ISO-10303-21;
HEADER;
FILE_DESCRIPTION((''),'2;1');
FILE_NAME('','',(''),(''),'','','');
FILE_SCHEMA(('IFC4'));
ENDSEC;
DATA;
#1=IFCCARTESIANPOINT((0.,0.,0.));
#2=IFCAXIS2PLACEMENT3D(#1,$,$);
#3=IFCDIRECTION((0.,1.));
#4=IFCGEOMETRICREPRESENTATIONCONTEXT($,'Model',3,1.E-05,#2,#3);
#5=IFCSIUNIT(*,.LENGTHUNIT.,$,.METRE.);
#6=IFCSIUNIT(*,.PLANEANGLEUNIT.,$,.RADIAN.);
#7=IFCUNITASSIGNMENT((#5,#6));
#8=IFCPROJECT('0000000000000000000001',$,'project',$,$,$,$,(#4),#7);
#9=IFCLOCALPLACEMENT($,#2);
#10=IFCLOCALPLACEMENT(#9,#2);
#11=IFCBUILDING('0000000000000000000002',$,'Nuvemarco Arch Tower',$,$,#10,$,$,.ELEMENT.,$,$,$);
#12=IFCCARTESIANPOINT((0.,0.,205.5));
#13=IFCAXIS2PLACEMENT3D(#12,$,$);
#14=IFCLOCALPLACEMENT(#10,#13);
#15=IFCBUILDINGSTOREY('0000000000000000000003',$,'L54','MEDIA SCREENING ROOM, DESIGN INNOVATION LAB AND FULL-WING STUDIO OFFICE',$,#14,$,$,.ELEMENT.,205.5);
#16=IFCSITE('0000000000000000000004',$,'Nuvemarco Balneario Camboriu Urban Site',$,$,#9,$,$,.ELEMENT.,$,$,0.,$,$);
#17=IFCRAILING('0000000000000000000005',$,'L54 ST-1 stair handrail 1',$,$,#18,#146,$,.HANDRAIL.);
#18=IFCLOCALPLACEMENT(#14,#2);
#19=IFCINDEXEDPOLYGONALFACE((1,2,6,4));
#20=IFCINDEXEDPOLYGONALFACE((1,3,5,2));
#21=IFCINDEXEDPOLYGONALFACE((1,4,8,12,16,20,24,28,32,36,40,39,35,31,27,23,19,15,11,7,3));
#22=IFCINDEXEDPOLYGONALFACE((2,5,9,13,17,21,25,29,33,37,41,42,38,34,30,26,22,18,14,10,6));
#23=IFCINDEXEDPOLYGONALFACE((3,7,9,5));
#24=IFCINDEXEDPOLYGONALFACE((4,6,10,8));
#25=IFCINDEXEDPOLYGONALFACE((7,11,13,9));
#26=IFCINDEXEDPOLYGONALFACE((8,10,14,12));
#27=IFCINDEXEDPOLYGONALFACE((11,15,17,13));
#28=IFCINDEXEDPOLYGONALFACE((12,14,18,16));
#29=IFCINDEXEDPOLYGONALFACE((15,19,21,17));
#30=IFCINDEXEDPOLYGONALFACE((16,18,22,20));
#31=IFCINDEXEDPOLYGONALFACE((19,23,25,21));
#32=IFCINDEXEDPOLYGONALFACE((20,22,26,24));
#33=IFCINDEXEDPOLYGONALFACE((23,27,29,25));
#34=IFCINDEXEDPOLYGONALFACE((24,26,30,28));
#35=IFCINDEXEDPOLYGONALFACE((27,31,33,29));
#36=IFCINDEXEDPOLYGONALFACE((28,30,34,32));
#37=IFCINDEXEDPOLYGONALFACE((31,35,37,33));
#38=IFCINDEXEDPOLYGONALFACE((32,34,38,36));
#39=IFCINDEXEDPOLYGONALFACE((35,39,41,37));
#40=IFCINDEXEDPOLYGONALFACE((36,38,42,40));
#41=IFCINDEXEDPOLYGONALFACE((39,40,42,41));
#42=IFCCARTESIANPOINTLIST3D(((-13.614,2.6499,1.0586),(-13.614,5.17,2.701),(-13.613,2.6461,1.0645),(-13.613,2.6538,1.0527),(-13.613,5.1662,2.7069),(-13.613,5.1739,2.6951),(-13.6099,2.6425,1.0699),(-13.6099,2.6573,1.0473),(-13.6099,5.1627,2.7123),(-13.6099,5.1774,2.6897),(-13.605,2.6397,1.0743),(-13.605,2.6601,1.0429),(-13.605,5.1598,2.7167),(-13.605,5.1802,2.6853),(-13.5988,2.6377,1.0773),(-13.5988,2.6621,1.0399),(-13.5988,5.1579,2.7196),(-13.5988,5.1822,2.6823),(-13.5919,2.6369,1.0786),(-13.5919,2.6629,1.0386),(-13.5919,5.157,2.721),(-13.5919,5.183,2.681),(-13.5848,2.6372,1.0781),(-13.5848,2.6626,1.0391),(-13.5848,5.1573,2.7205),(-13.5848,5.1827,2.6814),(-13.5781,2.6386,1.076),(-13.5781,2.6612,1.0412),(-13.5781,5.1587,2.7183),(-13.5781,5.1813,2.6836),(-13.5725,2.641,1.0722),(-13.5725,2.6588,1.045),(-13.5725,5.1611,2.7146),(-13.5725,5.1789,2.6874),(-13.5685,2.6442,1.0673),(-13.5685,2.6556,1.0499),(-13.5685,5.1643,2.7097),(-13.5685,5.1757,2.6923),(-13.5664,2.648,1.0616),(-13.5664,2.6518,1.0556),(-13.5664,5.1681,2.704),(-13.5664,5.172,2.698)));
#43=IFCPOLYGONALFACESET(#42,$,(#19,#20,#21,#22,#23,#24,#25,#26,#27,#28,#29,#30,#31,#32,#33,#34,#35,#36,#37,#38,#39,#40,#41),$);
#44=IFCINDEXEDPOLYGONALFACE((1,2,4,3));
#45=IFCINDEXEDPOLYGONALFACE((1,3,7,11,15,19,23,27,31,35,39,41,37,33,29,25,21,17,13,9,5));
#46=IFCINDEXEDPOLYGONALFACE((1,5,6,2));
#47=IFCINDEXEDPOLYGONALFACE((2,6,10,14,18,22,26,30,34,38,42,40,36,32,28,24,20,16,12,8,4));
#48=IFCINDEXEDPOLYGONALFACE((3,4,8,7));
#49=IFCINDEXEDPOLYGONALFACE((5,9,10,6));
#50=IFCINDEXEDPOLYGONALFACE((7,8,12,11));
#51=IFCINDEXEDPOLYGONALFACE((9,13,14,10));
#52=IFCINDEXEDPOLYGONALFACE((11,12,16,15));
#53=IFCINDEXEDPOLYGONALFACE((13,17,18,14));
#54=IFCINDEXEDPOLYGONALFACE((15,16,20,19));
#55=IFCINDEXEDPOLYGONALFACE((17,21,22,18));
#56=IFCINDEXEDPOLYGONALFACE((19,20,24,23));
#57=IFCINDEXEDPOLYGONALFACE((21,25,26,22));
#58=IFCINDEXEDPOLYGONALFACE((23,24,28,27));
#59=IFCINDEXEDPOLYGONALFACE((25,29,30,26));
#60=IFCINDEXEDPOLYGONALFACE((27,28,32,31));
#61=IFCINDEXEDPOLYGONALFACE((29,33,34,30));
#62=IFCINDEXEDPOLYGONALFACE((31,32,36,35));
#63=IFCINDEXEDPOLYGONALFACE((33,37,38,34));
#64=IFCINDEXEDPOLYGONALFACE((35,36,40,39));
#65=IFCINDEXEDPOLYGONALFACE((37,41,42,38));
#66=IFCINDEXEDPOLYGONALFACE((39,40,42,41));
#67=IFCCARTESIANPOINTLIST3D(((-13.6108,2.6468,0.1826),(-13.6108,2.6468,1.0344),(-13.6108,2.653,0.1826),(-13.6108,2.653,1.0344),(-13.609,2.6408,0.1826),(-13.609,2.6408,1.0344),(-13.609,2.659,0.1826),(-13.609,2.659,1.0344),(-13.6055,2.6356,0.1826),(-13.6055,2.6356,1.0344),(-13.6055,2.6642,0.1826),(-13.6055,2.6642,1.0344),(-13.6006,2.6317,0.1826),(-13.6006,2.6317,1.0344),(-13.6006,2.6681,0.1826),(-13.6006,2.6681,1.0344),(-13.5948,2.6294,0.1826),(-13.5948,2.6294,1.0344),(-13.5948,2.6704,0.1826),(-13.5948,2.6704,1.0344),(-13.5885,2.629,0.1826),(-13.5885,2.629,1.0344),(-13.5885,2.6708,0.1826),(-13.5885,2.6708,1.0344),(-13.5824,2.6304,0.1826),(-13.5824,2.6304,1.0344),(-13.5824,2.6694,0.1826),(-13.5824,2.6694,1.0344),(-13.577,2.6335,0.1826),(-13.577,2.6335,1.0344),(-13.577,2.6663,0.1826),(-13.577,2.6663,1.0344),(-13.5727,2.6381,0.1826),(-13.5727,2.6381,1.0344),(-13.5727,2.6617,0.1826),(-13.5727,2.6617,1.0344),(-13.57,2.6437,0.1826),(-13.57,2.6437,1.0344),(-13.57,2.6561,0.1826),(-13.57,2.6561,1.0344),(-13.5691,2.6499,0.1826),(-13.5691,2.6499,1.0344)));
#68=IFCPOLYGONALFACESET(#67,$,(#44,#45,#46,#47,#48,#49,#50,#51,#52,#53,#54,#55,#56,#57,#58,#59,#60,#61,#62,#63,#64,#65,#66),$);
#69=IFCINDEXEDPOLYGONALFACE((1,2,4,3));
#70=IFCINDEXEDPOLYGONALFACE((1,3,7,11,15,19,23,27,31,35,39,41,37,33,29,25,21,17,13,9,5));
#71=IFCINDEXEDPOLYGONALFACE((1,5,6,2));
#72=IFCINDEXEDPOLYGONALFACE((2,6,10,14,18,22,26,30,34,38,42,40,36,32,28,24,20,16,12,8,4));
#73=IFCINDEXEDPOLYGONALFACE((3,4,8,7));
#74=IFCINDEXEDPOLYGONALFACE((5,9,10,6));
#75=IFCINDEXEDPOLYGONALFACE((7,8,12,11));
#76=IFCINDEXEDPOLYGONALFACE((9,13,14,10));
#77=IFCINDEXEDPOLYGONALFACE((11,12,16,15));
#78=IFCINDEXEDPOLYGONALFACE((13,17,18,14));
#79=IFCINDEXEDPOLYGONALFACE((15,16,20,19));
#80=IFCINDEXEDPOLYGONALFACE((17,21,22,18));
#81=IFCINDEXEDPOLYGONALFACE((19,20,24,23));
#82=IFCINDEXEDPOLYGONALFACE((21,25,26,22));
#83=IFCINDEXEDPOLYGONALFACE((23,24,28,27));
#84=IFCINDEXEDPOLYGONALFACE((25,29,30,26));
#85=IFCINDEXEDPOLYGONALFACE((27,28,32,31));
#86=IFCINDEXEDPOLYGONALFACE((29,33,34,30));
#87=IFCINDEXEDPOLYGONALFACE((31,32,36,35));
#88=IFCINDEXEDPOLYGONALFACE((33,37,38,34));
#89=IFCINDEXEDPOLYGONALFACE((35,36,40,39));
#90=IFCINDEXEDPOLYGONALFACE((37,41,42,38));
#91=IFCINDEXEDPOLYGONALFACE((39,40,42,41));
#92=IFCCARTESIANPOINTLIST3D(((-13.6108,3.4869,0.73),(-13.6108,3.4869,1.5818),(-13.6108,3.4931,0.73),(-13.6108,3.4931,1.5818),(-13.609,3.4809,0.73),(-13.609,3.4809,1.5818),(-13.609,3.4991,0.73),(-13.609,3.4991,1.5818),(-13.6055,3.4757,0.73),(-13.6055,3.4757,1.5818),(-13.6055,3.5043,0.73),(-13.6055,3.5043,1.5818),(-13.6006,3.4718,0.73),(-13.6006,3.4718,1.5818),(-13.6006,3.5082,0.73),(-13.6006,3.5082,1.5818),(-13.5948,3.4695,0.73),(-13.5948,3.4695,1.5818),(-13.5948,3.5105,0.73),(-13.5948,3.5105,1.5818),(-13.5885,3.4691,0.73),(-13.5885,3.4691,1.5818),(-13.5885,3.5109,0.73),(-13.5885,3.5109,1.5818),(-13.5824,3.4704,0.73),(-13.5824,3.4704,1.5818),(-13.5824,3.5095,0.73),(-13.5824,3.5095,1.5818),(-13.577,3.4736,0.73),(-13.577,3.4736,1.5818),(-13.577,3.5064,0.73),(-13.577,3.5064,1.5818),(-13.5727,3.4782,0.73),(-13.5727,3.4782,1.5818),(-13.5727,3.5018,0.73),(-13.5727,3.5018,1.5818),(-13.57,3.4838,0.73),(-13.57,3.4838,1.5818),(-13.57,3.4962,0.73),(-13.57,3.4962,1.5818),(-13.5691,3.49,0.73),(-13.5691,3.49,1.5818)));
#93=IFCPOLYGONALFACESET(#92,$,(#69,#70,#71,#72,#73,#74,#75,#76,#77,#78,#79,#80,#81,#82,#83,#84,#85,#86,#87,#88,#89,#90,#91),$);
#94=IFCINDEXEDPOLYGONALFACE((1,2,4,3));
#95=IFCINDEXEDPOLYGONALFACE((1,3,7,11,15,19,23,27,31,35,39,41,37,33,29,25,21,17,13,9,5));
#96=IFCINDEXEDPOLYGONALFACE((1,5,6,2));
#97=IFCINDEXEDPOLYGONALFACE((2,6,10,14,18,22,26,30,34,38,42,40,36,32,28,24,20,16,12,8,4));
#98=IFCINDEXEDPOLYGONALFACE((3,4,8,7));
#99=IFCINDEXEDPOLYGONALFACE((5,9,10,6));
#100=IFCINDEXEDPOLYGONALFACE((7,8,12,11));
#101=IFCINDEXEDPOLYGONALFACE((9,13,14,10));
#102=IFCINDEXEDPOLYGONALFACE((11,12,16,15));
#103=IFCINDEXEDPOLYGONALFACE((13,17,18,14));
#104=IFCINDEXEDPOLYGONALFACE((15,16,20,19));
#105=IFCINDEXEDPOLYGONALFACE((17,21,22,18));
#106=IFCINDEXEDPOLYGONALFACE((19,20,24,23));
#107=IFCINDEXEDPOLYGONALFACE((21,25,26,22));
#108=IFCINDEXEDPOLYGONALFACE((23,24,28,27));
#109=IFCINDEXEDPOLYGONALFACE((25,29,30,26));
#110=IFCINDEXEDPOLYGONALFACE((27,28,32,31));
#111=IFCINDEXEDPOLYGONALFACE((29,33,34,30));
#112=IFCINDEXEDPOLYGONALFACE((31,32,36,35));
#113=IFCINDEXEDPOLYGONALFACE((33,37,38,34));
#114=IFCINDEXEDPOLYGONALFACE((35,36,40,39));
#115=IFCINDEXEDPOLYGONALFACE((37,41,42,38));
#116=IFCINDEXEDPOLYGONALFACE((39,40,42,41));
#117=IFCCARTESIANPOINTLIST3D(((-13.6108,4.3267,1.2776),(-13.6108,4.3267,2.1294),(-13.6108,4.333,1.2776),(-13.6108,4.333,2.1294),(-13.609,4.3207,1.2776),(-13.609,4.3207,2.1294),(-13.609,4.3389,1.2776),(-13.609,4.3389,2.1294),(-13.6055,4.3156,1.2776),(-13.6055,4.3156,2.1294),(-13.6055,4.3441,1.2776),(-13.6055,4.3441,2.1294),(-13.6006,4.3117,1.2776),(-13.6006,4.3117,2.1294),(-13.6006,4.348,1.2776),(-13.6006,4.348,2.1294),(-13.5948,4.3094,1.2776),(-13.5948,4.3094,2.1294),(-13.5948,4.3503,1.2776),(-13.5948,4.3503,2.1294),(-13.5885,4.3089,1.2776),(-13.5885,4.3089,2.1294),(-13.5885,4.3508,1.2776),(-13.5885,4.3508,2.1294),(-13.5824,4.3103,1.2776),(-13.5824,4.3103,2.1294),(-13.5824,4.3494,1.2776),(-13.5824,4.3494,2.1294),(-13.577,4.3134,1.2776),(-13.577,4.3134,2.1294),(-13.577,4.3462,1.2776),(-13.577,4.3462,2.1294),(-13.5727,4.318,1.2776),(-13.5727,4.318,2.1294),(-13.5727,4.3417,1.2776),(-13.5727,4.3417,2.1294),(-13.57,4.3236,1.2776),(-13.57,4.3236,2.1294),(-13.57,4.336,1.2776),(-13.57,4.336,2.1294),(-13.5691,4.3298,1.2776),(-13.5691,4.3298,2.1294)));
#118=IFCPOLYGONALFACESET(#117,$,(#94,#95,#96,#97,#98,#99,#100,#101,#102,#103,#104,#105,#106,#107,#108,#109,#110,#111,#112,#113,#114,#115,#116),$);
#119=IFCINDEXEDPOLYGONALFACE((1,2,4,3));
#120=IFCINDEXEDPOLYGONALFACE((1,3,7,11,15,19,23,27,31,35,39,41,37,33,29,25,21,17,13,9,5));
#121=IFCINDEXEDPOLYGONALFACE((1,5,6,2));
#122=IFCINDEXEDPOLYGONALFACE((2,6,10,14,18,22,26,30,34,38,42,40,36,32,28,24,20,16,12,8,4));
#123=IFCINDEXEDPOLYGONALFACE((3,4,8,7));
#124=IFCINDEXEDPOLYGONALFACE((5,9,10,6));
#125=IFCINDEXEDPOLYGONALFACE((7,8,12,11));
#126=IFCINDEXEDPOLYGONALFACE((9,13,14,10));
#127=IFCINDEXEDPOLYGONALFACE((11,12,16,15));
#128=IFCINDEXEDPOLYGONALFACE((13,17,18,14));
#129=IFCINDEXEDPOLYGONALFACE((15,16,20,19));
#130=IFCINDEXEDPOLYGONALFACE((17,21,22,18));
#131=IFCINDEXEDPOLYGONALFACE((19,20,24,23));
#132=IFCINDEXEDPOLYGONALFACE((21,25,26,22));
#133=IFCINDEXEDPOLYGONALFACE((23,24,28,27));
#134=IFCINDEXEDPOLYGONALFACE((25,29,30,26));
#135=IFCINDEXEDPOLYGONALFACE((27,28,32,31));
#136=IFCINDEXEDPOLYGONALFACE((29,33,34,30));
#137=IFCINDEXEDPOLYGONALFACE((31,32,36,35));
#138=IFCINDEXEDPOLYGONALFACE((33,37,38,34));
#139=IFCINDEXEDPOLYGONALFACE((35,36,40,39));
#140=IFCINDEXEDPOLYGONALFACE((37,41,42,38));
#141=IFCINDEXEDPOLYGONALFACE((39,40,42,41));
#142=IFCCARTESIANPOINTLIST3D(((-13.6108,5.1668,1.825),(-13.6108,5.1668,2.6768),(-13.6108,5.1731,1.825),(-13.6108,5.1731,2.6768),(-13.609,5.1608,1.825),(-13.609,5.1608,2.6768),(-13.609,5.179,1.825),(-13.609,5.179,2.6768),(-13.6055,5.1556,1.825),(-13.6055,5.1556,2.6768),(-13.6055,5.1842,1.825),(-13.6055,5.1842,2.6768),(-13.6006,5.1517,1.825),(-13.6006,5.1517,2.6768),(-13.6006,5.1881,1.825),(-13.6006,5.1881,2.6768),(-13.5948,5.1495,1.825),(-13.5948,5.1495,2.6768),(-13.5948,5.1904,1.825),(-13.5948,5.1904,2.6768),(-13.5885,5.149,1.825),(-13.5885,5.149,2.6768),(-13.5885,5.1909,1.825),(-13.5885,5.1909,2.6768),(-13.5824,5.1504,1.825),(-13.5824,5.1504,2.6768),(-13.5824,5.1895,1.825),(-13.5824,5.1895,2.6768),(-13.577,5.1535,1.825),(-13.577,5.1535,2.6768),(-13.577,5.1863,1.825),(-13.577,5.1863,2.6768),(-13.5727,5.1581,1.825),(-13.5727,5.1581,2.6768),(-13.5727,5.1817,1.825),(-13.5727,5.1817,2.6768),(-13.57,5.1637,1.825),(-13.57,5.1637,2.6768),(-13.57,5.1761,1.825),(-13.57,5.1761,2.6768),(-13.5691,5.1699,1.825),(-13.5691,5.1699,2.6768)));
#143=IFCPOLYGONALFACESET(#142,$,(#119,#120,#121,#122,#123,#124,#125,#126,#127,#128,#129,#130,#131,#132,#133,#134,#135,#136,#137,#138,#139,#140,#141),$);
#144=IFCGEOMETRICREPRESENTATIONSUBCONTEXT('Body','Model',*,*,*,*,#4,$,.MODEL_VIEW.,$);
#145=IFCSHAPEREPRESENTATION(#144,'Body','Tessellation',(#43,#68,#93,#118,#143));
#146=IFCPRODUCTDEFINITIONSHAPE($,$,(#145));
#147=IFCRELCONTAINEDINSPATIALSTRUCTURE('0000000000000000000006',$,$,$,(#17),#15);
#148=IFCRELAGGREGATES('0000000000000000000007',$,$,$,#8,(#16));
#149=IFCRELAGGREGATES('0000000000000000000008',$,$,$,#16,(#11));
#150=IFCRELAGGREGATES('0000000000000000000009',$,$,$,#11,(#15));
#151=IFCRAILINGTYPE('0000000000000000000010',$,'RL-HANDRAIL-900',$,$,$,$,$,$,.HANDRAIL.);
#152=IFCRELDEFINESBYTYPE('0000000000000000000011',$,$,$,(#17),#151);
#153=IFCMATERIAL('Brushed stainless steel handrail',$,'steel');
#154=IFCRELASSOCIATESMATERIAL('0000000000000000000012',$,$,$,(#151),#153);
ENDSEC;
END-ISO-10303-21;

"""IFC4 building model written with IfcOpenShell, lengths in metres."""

from ifc_helpers import new_model, si_unit, direction, frame, origin, origin_2d, place, context, subcontext, project, spatial, circle, extrude, material, type_object, element, save


model = new_model("IFC4")

# Units and contexts
model_context = context("Model", 3, precision=1e-05, world=origin(), true_north=direction((0.0, 1.0)))
body_context = subcontext(model_context, "Body", "Model", "MODEL_VIEW")
ifc_project = project(units=[si_unit("LENGTHUNIT", "METRE"), si_unit("PLANEANGLEUNIT", "RADIAN")], contexts=[model_context])

# Site, building, storey
site_placement = place(None, origin())
site = spatial("IfcSite", under=ifc_project, at=site_placement, Name="Nuvemarco Balneario Camboriu Urban Site", CompositionType="ELEMENT", RefElevation=0.0)
building_placement = place(site_placement, origin())
building = spatial("IfcBuilding", under=site, at=building_placement, Name="Nuvemarco Arch Tower", CompositionType="ELEMENT")
storey_placement = place(building_placement, frame((0.0, 0.0, 205.5)))
storey = spatial("IfcBuildingStorey", under=building, at=storey_placement, Name="L54", Description="MEDIA SCREENING ROOM, DESIGN INNOVATION LAB AND FULL-WING STUDIO OFFICE", CompositionType="ELEMENT", Elevation=205.5)

# Railing
ifc_material_1 = material(Name="Brushed stainless steel handrail", Category="steel")
railing_type_1 = type_object("IfcRailingType", Name="RL-HANDRAIL-900", PredefinedType="HANDRAIL", material=ifc_material_1)
railing_1_placement = place(storey_placement, frame((-13.5901, 2.6499, 0.1826)))
element("IfcRailing", 1, at=railing_1_placement, inside=storey, type_object=railing_type_1, Name="L54 ST-1 stair handrail 1", PredefinedType="HANDRAIL", context=body_context, shape_type="SweptSolid", body=[
    extrude(circle(Radius=0.0239, at=origin_2d()), frame((0.0, 0.0, 0.876), z_axis=(0.0, 0.837787, 0.545998), x_axis=(-1.0, 0.0, 0.0)), (0.0, 0.0, 1.0), 3.0081),
    extrude(circle(Radius=0.021, at=origin_2d()), origin(), (0.0, 0.0, 1.0), 0.8518),
    extrude(circle(Radius=0.021, at=origin_2d()), frame((0.0, 0.8401, 0.5474)), (0.0, 0.0, 1.0), 0.8518),
    extrude(circle(Radius=0.021, at=origin_2d()), frame((0.0, 1.6799, 1.095)), (0.0, 0.0, 1.0), 0.8518),
    extrude(circle(Radius=0.021, at=origin_2d()), frame((0.0, 2.52, 1.6423)), (0.0, 0.0, 1.0), 0.8518),
])

save(model, "model.ifc")
